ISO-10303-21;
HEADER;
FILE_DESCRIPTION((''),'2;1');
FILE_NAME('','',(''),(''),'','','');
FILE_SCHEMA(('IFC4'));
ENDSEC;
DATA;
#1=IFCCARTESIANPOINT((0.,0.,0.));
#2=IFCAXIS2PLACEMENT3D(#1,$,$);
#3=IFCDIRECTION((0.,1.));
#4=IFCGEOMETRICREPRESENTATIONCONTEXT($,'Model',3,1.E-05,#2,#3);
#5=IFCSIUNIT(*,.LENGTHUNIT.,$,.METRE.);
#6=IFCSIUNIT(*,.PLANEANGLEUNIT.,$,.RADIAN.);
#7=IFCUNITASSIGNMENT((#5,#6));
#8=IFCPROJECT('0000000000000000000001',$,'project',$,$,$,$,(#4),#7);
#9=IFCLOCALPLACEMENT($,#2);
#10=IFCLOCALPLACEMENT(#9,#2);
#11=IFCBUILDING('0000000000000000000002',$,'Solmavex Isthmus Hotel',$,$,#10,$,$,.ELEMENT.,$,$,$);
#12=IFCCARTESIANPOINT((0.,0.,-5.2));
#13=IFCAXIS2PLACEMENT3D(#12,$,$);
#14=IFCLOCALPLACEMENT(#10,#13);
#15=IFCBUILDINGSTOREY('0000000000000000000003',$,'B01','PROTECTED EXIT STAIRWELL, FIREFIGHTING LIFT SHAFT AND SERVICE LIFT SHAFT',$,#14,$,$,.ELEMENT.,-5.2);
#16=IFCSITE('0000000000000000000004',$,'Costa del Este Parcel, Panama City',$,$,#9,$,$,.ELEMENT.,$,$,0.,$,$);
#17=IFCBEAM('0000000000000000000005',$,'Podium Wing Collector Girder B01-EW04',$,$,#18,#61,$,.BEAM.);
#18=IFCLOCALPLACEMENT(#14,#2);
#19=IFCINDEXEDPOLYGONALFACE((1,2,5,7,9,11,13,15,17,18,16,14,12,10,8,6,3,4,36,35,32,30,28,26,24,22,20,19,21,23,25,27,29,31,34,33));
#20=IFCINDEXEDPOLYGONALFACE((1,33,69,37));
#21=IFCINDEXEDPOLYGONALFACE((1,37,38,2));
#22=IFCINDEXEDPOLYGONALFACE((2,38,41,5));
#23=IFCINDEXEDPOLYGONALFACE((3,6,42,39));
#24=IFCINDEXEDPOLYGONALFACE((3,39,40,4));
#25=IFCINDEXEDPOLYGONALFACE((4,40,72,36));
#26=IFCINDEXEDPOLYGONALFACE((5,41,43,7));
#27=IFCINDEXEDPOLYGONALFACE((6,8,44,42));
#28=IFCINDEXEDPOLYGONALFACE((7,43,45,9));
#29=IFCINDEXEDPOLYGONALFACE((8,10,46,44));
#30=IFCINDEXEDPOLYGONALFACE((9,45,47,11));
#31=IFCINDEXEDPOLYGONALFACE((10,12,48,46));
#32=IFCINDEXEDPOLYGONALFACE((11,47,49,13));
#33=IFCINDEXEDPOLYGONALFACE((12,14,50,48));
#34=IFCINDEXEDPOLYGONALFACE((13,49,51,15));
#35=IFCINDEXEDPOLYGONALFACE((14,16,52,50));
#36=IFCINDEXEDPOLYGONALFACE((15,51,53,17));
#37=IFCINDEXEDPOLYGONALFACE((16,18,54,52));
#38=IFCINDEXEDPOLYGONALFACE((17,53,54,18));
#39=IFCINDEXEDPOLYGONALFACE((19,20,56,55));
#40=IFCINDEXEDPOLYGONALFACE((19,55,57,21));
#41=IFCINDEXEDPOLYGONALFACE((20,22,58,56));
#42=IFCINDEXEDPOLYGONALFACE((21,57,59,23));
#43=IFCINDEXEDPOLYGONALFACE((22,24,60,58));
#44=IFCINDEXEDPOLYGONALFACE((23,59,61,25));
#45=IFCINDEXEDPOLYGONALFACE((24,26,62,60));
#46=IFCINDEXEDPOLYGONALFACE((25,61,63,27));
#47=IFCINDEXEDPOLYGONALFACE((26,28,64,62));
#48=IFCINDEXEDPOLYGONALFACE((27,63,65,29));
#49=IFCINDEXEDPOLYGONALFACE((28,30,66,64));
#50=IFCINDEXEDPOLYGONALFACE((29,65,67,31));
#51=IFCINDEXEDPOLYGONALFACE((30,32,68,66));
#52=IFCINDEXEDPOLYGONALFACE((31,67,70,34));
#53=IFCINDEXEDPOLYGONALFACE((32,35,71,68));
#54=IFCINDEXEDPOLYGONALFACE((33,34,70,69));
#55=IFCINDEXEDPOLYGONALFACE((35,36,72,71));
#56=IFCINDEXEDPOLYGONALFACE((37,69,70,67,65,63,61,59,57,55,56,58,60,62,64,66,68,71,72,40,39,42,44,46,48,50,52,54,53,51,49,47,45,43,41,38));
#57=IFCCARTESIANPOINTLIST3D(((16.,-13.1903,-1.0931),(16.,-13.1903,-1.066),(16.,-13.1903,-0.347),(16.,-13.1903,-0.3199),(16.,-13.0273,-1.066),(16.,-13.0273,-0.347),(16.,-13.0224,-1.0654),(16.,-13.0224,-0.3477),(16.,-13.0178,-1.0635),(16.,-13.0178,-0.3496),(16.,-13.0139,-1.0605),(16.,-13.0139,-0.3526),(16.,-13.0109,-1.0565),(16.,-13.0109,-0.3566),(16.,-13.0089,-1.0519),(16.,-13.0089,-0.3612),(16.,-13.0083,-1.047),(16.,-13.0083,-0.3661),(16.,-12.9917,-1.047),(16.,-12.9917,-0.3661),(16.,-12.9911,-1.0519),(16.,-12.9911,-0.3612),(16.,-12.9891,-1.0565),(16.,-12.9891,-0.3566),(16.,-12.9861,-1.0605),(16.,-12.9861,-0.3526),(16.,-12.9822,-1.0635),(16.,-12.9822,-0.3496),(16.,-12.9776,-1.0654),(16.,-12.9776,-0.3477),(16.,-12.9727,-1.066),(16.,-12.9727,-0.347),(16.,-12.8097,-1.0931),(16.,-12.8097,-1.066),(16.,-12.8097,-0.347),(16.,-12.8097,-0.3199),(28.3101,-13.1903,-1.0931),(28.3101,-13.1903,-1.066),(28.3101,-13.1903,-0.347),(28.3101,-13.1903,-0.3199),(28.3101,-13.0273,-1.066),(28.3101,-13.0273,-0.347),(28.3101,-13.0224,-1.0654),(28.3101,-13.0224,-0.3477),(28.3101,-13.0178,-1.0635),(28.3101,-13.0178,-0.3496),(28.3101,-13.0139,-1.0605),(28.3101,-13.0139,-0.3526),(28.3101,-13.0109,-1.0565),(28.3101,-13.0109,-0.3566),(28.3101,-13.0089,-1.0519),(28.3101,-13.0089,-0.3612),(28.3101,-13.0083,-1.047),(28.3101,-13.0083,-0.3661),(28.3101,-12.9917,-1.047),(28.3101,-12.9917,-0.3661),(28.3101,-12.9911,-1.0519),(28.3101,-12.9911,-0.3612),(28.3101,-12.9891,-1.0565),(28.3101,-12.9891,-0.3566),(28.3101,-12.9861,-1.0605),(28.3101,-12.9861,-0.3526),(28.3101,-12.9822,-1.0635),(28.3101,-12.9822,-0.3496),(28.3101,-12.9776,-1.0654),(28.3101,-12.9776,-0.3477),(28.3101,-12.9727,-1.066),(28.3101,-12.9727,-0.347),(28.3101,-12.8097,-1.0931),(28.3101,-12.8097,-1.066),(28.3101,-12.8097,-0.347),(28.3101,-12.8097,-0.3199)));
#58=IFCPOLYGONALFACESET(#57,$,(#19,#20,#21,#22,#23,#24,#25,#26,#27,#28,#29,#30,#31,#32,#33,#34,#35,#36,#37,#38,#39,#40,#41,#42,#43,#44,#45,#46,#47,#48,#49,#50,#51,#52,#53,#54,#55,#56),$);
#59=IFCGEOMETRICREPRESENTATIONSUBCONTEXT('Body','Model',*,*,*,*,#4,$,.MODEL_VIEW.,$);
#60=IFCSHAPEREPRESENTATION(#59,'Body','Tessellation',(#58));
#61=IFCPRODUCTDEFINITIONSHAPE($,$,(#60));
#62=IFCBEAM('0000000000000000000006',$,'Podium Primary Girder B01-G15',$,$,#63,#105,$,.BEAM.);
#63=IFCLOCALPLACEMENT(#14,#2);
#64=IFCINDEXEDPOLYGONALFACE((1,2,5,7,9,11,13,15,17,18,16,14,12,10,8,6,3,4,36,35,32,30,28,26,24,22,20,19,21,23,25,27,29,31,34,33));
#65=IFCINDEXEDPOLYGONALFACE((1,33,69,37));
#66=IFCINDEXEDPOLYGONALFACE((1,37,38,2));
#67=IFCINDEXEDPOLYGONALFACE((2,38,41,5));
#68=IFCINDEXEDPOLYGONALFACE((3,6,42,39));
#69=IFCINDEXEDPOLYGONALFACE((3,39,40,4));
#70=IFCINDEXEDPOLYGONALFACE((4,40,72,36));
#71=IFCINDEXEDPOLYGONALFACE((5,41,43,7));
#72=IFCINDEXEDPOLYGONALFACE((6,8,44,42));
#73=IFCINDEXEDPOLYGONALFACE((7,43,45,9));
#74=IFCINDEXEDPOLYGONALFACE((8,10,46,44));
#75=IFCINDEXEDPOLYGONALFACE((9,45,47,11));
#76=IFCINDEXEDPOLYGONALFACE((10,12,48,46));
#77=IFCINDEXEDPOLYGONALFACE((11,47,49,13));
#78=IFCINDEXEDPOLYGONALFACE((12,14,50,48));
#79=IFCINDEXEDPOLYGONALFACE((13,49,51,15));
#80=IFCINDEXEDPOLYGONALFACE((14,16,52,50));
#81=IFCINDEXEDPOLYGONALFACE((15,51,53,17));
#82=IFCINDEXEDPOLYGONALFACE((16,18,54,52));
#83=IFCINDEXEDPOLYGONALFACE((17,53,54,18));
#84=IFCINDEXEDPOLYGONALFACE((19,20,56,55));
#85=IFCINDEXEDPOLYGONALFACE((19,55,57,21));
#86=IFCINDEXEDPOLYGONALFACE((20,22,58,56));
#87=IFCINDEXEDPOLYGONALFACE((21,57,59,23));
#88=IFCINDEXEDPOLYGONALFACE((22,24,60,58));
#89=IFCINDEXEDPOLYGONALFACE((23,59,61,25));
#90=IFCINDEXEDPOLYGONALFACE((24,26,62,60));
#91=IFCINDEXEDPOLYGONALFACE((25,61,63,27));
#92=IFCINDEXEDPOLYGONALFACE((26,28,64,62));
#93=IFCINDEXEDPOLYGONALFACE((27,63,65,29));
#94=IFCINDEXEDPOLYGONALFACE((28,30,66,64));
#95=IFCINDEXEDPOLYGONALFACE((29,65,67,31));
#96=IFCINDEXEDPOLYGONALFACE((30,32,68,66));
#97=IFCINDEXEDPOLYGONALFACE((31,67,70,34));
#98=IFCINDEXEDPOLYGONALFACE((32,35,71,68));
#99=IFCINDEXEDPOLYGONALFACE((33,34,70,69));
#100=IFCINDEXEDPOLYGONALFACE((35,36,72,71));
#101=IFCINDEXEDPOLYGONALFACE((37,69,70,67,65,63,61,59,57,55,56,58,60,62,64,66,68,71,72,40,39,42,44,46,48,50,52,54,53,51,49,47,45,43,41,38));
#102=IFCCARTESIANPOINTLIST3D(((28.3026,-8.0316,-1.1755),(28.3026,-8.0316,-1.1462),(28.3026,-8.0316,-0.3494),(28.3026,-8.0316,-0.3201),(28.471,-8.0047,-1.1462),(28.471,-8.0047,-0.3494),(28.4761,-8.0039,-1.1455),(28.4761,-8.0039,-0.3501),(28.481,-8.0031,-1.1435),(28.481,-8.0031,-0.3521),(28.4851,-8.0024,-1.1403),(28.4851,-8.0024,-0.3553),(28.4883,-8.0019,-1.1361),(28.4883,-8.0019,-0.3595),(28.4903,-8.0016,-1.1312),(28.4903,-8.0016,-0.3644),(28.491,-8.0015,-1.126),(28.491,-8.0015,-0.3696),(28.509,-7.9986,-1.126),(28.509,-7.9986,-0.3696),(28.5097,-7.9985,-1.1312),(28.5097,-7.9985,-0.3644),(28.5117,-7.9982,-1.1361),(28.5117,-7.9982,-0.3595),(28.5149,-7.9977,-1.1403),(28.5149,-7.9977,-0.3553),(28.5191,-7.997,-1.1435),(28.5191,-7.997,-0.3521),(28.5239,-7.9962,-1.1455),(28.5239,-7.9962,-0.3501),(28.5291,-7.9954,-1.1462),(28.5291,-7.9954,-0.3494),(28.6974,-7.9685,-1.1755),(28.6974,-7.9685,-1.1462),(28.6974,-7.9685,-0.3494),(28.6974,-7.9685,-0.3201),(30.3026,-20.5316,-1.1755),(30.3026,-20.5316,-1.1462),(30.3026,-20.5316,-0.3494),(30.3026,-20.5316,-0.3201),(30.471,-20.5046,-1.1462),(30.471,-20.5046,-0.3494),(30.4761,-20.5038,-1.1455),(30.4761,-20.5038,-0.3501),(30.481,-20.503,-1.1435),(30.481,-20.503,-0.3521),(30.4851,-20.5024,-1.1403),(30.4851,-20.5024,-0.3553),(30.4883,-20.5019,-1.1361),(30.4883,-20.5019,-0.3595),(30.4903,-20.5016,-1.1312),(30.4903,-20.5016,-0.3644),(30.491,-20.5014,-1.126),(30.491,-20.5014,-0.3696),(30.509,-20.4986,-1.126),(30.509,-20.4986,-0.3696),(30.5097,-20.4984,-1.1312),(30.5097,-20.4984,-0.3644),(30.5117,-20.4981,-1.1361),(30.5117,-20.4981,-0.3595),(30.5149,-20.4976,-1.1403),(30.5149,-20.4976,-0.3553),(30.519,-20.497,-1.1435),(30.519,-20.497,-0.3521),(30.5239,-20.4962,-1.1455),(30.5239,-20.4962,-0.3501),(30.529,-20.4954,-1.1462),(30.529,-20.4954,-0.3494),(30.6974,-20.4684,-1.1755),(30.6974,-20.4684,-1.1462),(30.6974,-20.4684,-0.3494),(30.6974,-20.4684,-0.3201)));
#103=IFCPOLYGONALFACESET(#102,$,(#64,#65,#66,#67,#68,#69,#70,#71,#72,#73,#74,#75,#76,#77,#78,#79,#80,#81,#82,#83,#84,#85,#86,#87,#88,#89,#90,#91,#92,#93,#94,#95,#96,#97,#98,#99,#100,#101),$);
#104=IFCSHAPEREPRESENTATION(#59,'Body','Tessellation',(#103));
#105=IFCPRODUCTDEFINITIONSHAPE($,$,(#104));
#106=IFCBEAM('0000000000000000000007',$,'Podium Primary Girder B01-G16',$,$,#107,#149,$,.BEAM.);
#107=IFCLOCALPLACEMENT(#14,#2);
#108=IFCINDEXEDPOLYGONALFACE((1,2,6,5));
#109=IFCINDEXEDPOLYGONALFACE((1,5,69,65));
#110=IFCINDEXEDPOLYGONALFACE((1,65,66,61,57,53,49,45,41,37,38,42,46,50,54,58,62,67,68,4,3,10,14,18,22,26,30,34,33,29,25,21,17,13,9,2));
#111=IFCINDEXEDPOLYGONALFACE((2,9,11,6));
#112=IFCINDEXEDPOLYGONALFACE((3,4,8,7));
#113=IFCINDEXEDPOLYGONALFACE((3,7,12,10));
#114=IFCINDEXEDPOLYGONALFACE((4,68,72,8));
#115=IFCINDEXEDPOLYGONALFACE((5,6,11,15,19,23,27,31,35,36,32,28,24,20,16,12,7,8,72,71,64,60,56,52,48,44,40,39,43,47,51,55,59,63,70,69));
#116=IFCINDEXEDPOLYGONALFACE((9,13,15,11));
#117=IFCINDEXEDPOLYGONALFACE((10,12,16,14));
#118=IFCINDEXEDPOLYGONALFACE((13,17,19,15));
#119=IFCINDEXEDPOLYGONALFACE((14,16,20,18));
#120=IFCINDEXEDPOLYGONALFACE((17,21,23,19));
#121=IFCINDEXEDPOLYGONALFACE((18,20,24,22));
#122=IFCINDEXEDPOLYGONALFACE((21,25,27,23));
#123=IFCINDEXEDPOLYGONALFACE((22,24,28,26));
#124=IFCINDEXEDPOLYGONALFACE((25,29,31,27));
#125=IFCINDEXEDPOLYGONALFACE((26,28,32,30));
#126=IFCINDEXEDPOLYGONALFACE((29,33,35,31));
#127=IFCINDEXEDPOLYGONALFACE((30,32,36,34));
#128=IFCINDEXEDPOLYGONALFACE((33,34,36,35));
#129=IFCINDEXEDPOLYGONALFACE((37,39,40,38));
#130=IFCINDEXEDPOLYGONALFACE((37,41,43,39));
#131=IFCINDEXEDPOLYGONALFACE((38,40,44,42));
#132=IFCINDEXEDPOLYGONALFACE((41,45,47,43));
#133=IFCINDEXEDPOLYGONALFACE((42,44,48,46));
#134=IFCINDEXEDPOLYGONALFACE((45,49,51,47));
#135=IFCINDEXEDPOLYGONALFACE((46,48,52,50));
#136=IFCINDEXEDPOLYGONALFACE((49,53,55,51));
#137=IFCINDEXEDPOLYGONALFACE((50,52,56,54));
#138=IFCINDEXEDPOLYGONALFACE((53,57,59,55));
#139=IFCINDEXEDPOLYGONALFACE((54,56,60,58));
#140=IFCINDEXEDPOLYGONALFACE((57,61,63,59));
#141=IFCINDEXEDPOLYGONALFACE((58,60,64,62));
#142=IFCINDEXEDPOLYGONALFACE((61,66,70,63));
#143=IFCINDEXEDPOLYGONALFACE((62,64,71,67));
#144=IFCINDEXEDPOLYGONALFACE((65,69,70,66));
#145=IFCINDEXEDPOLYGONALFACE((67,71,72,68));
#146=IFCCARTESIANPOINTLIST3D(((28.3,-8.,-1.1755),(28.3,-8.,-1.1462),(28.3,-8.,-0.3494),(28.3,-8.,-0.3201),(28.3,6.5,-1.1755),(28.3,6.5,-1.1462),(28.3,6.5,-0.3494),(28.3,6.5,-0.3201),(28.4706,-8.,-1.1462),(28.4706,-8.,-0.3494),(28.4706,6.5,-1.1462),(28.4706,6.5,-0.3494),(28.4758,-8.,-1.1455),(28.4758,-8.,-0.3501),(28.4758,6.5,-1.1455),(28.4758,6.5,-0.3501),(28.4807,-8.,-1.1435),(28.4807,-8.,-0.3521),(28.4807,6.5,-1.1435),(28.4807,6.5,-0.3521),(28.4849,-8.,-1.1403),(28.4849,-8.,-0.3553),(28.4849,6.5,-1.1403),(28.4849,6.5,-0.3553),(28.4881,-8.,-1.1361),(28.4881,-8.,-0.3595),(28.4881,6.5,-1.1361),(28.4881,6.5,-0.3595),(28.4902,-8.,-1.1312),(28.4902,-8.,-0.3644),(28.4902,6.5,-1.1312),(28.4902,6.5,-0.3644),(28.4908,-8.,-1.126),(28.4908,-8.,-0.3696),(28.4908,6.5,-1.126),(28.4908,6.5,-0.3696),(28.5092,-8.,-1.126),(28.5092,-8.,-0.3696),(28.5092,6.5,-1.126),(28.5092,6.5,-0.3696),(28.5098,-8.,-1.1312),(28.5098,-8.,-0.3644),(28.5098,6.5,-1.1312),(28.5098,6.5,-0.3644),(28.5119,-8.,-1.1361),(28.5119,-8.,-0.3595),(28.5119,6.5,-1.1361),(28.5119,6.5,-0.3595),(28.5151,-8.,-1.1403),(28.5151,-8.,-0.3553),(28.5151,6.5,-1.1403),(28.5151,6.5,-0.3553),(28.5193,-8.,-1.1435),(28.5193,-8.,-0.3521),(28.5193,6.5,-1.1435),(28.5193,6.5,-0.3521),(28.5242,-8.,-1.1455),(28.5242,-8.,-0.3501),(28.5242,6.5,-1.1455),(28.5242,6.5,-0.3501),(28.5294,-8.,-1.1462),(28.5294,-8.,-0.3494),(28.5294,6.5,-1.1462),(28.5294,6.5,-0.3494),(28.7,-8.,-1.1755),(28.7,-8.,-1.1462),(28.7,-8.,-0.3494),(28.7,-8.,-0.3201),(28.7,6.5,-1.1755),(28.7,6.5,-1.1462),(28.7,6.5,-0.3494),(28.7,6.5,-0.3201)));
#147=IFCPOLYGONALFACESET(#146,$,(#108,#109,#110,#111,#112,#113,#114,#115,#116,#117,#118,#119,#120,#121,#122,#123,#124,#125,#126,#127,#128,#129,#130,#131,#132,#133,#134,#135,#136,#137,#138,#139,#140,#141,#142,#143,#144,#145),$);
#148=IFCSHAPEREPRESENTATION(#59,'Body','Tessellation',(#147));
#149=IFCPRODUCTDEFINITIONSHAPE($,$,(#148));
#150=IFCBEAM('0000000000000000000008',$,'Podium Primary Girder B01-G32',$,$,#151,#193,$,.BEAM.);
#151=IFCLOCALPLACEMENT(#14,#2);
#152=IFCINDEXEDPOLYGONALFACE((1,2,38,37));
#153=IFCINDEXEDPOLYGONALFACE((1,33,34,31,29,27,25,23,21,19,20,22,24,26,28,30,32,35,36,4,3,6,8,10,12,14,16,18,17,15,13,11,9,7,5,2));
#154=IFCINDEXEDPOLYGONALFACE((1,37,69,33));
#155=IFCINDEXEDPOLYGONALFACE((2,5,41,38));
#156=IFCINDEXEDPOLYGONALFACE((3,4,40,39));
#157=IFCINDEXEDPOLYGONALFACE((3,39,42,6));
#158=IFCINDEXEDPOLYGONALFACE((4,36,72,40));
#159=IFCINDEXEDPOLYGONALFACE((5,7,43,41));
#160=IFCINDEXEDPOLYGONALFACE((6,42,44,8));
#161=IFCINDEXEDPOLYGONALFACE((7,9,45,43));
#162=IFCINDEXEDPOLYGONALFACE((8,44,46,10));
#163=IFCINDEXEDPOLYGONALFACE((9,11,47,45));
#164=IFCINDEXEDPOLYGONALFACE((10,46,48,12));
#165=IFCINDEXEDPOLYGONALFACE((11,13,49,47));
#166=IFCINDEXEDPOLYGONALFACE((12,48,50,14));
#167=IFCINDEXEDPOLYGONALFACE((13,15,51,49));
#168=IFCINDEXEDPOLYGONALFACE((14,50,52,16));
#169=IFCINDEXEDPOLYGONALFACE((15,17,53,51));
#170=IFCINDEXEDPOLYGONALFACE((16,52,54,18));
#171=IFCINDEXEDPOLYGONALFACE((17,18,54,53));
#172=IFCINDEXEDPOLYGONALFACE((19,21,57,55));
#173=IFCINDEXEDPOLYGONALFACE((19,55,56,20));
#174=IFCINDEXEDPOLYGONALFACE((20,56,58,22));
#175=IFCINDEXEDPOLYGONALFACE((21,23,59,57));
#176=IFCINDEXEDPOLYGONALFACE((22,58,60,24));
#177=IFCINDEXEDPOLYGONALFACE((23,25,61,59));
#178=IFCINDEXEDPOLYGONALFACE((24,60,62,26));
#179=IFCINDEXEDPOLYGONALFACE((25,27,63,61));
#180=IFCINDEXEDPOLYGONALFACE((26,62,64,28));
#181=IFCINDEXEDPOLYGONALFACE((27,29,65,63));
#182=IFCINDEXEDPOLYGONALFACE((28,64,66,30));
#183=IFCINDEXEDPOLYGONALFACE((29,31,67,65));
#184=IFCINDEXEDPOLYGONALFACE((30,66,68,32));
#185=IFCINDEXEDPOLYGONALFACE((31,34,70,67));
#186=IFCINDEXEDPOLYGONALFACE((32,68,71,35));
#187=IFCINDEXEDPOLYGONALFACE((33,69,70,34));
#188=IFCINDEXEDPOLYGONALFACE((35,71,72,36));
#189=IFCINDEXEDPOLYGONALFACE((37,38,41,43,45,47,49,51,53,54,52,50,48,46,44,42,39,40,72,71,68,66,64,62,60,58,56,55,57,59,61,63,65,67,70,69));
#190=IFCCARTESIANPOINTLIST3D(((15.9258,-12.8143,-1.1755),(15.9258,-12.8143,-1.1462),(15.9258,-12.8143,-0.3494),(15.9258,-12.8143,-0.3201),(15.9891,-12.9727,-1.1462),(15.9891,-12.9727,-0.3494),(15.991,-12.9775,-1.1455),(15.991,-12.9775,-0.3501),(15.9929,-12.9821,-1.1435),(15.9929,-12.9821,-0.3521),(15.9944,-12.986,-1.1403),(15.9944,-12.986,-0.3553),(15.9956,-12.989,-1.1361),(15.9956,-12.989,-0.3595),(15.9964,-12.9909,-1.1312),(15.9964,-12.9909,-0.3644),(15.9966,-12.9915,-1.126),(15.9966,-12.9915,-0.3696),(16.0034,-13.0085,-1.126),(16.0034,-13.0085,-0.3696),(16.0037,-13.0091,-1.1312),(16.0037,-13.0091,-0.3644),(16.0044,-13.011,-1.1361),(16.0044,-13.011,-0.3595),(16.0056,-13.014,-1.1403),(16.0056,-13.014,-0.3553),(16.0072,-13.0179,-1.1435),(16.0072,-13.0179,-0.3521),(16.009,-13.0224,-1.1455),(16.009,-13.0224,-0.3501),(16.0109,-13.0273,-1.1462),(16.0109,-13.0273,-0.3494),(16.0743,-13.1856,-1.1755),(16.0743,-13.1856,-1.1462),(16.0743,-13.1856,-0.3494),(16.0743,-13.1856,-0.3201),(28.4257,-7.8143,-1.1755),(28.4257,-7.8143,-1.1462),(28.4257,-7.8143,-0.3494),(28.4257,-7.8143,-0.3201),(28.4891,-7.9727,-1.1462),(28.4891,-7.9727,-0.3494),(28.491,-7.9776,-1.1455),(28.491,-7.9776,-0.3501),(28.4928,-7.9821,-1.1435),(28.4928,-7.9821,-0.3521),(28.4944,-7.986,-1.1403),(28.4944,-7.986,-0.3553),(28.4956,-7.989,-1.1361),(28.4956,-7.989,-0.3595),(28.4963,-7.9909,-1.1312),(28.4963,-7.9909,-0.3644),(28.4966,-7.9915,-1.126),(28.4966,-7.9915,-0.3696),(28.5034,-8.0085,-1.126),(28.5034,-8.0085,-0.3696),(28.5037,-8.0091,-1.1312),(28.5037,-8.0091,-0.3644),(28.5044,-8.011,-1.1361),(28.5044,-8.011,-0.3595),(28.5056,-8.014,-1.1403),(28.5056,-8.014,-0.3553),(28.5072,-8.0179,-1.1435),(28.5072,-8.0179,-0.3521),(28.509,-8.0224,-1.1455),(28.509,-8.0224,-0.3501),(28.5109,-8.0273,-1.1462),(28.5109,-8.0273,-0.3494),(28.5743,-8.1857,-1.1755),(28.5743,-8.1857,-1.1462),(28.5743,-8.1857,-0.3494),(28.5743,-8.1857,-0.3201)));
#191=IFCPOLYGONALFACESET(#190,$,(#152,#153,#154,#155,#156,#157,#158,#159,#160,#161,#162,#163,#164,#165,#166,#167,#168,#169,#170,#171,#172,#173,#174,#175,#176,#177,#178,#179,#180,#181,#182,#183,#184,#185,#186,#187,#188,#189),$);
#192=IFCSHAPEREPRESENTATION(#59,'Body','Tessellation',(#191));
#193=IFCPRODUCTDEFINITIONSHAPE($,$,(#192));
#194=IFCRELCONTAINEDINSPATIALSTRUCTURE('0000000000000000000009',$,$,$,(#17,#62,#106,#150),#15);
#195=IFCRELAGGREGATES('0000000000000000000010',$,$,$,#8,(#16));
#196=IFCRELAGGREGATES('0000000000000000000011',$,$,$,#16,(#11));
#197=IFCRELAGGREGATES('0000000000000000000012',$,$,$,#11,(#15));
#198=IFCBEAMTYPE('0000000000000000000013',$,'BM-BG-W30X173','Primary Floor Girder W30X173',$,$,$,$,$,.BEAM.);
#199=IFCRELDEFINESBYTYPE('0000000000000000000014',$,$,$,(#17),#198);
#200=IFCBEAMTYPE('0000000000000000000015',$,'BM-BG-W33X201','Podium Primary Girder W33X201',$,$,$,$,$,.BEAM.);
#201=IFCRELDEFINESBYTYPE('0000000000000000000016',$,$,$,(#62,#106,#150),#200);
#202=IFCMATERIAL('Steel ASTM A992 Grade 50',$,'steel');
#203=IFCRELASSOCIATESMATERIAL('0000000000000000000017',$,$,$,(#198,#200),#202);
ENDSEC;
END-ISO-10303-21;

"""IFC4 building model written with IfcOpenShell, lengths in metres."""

from ifc_helpers import new_model, si_unit, direction, frame, origin, origin_2d, place, context, subcontext, project, spatial, i_section, extrude, material, material_profile, profile_set, type_object, element, save


model = new_model("IFC4")

# Units and contexts
model_context = context("Model", 3, precision=1e-05, world=origin(), true_north=direction((0.0, 1.0)))
body_context = subcontext(model_context, "Body", "Model", "MODEL_VIEW")
ifc_project = project(units=[si_unit("LENGTHUNIT", "METRE"), si_unit("PLANEANGLEUNIT", "RADIAN")], contexts=[model_context])

# Site, building, storey
site_placement = place(None, origin())
site = spatial("IfcSite", under=ifc_project, at=site_placement, Name="Costa del Este Parcel, Panama City", CompositionType="ELEMENT", RefElevation=0.0)
building_placement = place(site_placement, origin())
building = spatial("IfcBuilding", under=site, at=building_placement, Name="Solmavex Isthmus Hotel", CompositionType="ELEMENT")
storey_placement = place(building_placement, frame((0.0, 0.0, -5.2)))
storey = spatial("IfcBuildingStorey", under=building, at=storey_placement, Name="B01", Description="PROTECTED EXIT STAIRWELL, FIREFIGHTING LIFT SHAFT AND SERVICE LIFT SHAFT", CompositionType="ELEMENT", Elevation=-5.2)

# Beams
ifc_material_1 = material(Name="Steel ASTM A992 Grade 50", Category="steel")
ifc_material_profile_1 = material_profile(ifc_material_1, i_section(OverallWidth=0.3806, OverallDepth=0.7732, WebThickness=0.0166, FlangeThickness=0.0271, FilletRadius=0.019, at=origin_2d()), Name="W30X173")
ifc_profile_set_1 = profile_set([ifc_material_profile_1], Name="Steel ASTM A992 Grade 50")
beam_type_1 = type_object("IfcBeamType", Name="BM-BG-W30X173", Description="Primary Floor Girder W30X173", PredefinedType="BEAM", material=ifc_profile_set_1)
beam_1_placement = place(storey_placement, frame((16.0, -13.0, -0.7065), z_axis=(1.0, 0.0, 0.0), x_axis=(0.0, 1.0, 0.0)))
element("IfcBeam", 1, at=beam_1_placement, inside=storey, type_object=beam_type_1, Name="Podium Wing Collector Girder B01-EW04", PredefinedType="BEAM", context=body_context, shape_type="SweptSolid", body=[
    extrude(i_section(OverallWidth=0.3806, OverallDepth=0.7732, WebThickness=0.0166, FlangeThickness=0.0271, FilletRadius=0.019, at=origin_2d()), origin(), (0.0, 0.0, 1.0), 12.3101),
])
ifc_material_profile_2 = material_profile(ifc_material_1, i_section(OverallWidth=0.3999, OverallDepth=0.8555, WebThickness=0.0183, FlangeThickness=0.0293, FilletRadius=0.0203, at=origin_2d()), Name="W33X201")
ifc_profile_set_2 = profile_set([ifc_material_profile_2], Name="Steel ASTM A992 Grade 50")
beam_type_2 = type_object("IfcBeamType", Name="BM-BG-W33X201", Description="Podium Primary Girder W33X201", PredefinedType="BEAM", material=ifc_profile_set_2)
beam_2_placement = place(storey_placement, frame((30.5, -20.5, -0.7478), z_axis=(-0.157991, 0.987441, 0.0), x_axis=(-0.987441, -0.157991, 0.0)))
element("IfcBeam", 2, at=beam_2_placement, inside=storey, type_object=beam_type_2, Name="Podium Primary Girder B01-G15", PredefinedType="BEAM", context=body_context, shape_type="SweptSolid", body=[
    extrude(i_section(OverallWidth=0.3999, OverallDepth=0.8555, WebThickness=0.0183, FlangeThickness=0.0293, FilletRadius=0.0203, at=origin_2d()), origin(), (0.0, 0.0, 1.0), 12.6589),
])
beam_3_placement = place(storey_placement, frame((28.5, -8.0, -0.7478), z_axis=(0.0, 1.0, 0.0), x_axis=(-1.0, 0.0, 0.0)))
element("IfcBeam", 3, at=beam_3_placement, inside=storey, type_object=beam_type_2, Name="Podium Primary Girder B01-G16", PredefinedType="BEAM", context=body_context, shape_type="SweptSolid", body=[
    extrude(i_section(OverallWidth=0.3999, OverallDepth=0.8555, WebThickness=0.0183, FlangeThickness=0.0293, FilletRadius=0.0203, at=origin_2d()), origin(), (0.0, 0.0, 1.0), 14.5),
])
beam_4_placement = place(storey_placement, frame((28.5, -8.0, -0.7478), z_axis=(-0.928477, -0.371391, 0.0), x_axis=(0.371391, -0.928477, 0.0)))
element("IfcBeam", 4, at=beam_4_placement, inside=storey, type_object=beam_type_2, Name="Podium Primary Girder B01-G32", PredefinedType="BEAM", context=body_context, shape_type="SweptSolid", body=[
    extrude(i_section(OverallWidth=0.3999, OverallDepth=0.8555, WebThickness=0.0183, FlangeThickness=0.0293, FilletRadius=0.0203, at=origin_2d()), origin(), (0.0, 0.0, 1.0), 13.4629),
])

save(model, "model.ifc")
